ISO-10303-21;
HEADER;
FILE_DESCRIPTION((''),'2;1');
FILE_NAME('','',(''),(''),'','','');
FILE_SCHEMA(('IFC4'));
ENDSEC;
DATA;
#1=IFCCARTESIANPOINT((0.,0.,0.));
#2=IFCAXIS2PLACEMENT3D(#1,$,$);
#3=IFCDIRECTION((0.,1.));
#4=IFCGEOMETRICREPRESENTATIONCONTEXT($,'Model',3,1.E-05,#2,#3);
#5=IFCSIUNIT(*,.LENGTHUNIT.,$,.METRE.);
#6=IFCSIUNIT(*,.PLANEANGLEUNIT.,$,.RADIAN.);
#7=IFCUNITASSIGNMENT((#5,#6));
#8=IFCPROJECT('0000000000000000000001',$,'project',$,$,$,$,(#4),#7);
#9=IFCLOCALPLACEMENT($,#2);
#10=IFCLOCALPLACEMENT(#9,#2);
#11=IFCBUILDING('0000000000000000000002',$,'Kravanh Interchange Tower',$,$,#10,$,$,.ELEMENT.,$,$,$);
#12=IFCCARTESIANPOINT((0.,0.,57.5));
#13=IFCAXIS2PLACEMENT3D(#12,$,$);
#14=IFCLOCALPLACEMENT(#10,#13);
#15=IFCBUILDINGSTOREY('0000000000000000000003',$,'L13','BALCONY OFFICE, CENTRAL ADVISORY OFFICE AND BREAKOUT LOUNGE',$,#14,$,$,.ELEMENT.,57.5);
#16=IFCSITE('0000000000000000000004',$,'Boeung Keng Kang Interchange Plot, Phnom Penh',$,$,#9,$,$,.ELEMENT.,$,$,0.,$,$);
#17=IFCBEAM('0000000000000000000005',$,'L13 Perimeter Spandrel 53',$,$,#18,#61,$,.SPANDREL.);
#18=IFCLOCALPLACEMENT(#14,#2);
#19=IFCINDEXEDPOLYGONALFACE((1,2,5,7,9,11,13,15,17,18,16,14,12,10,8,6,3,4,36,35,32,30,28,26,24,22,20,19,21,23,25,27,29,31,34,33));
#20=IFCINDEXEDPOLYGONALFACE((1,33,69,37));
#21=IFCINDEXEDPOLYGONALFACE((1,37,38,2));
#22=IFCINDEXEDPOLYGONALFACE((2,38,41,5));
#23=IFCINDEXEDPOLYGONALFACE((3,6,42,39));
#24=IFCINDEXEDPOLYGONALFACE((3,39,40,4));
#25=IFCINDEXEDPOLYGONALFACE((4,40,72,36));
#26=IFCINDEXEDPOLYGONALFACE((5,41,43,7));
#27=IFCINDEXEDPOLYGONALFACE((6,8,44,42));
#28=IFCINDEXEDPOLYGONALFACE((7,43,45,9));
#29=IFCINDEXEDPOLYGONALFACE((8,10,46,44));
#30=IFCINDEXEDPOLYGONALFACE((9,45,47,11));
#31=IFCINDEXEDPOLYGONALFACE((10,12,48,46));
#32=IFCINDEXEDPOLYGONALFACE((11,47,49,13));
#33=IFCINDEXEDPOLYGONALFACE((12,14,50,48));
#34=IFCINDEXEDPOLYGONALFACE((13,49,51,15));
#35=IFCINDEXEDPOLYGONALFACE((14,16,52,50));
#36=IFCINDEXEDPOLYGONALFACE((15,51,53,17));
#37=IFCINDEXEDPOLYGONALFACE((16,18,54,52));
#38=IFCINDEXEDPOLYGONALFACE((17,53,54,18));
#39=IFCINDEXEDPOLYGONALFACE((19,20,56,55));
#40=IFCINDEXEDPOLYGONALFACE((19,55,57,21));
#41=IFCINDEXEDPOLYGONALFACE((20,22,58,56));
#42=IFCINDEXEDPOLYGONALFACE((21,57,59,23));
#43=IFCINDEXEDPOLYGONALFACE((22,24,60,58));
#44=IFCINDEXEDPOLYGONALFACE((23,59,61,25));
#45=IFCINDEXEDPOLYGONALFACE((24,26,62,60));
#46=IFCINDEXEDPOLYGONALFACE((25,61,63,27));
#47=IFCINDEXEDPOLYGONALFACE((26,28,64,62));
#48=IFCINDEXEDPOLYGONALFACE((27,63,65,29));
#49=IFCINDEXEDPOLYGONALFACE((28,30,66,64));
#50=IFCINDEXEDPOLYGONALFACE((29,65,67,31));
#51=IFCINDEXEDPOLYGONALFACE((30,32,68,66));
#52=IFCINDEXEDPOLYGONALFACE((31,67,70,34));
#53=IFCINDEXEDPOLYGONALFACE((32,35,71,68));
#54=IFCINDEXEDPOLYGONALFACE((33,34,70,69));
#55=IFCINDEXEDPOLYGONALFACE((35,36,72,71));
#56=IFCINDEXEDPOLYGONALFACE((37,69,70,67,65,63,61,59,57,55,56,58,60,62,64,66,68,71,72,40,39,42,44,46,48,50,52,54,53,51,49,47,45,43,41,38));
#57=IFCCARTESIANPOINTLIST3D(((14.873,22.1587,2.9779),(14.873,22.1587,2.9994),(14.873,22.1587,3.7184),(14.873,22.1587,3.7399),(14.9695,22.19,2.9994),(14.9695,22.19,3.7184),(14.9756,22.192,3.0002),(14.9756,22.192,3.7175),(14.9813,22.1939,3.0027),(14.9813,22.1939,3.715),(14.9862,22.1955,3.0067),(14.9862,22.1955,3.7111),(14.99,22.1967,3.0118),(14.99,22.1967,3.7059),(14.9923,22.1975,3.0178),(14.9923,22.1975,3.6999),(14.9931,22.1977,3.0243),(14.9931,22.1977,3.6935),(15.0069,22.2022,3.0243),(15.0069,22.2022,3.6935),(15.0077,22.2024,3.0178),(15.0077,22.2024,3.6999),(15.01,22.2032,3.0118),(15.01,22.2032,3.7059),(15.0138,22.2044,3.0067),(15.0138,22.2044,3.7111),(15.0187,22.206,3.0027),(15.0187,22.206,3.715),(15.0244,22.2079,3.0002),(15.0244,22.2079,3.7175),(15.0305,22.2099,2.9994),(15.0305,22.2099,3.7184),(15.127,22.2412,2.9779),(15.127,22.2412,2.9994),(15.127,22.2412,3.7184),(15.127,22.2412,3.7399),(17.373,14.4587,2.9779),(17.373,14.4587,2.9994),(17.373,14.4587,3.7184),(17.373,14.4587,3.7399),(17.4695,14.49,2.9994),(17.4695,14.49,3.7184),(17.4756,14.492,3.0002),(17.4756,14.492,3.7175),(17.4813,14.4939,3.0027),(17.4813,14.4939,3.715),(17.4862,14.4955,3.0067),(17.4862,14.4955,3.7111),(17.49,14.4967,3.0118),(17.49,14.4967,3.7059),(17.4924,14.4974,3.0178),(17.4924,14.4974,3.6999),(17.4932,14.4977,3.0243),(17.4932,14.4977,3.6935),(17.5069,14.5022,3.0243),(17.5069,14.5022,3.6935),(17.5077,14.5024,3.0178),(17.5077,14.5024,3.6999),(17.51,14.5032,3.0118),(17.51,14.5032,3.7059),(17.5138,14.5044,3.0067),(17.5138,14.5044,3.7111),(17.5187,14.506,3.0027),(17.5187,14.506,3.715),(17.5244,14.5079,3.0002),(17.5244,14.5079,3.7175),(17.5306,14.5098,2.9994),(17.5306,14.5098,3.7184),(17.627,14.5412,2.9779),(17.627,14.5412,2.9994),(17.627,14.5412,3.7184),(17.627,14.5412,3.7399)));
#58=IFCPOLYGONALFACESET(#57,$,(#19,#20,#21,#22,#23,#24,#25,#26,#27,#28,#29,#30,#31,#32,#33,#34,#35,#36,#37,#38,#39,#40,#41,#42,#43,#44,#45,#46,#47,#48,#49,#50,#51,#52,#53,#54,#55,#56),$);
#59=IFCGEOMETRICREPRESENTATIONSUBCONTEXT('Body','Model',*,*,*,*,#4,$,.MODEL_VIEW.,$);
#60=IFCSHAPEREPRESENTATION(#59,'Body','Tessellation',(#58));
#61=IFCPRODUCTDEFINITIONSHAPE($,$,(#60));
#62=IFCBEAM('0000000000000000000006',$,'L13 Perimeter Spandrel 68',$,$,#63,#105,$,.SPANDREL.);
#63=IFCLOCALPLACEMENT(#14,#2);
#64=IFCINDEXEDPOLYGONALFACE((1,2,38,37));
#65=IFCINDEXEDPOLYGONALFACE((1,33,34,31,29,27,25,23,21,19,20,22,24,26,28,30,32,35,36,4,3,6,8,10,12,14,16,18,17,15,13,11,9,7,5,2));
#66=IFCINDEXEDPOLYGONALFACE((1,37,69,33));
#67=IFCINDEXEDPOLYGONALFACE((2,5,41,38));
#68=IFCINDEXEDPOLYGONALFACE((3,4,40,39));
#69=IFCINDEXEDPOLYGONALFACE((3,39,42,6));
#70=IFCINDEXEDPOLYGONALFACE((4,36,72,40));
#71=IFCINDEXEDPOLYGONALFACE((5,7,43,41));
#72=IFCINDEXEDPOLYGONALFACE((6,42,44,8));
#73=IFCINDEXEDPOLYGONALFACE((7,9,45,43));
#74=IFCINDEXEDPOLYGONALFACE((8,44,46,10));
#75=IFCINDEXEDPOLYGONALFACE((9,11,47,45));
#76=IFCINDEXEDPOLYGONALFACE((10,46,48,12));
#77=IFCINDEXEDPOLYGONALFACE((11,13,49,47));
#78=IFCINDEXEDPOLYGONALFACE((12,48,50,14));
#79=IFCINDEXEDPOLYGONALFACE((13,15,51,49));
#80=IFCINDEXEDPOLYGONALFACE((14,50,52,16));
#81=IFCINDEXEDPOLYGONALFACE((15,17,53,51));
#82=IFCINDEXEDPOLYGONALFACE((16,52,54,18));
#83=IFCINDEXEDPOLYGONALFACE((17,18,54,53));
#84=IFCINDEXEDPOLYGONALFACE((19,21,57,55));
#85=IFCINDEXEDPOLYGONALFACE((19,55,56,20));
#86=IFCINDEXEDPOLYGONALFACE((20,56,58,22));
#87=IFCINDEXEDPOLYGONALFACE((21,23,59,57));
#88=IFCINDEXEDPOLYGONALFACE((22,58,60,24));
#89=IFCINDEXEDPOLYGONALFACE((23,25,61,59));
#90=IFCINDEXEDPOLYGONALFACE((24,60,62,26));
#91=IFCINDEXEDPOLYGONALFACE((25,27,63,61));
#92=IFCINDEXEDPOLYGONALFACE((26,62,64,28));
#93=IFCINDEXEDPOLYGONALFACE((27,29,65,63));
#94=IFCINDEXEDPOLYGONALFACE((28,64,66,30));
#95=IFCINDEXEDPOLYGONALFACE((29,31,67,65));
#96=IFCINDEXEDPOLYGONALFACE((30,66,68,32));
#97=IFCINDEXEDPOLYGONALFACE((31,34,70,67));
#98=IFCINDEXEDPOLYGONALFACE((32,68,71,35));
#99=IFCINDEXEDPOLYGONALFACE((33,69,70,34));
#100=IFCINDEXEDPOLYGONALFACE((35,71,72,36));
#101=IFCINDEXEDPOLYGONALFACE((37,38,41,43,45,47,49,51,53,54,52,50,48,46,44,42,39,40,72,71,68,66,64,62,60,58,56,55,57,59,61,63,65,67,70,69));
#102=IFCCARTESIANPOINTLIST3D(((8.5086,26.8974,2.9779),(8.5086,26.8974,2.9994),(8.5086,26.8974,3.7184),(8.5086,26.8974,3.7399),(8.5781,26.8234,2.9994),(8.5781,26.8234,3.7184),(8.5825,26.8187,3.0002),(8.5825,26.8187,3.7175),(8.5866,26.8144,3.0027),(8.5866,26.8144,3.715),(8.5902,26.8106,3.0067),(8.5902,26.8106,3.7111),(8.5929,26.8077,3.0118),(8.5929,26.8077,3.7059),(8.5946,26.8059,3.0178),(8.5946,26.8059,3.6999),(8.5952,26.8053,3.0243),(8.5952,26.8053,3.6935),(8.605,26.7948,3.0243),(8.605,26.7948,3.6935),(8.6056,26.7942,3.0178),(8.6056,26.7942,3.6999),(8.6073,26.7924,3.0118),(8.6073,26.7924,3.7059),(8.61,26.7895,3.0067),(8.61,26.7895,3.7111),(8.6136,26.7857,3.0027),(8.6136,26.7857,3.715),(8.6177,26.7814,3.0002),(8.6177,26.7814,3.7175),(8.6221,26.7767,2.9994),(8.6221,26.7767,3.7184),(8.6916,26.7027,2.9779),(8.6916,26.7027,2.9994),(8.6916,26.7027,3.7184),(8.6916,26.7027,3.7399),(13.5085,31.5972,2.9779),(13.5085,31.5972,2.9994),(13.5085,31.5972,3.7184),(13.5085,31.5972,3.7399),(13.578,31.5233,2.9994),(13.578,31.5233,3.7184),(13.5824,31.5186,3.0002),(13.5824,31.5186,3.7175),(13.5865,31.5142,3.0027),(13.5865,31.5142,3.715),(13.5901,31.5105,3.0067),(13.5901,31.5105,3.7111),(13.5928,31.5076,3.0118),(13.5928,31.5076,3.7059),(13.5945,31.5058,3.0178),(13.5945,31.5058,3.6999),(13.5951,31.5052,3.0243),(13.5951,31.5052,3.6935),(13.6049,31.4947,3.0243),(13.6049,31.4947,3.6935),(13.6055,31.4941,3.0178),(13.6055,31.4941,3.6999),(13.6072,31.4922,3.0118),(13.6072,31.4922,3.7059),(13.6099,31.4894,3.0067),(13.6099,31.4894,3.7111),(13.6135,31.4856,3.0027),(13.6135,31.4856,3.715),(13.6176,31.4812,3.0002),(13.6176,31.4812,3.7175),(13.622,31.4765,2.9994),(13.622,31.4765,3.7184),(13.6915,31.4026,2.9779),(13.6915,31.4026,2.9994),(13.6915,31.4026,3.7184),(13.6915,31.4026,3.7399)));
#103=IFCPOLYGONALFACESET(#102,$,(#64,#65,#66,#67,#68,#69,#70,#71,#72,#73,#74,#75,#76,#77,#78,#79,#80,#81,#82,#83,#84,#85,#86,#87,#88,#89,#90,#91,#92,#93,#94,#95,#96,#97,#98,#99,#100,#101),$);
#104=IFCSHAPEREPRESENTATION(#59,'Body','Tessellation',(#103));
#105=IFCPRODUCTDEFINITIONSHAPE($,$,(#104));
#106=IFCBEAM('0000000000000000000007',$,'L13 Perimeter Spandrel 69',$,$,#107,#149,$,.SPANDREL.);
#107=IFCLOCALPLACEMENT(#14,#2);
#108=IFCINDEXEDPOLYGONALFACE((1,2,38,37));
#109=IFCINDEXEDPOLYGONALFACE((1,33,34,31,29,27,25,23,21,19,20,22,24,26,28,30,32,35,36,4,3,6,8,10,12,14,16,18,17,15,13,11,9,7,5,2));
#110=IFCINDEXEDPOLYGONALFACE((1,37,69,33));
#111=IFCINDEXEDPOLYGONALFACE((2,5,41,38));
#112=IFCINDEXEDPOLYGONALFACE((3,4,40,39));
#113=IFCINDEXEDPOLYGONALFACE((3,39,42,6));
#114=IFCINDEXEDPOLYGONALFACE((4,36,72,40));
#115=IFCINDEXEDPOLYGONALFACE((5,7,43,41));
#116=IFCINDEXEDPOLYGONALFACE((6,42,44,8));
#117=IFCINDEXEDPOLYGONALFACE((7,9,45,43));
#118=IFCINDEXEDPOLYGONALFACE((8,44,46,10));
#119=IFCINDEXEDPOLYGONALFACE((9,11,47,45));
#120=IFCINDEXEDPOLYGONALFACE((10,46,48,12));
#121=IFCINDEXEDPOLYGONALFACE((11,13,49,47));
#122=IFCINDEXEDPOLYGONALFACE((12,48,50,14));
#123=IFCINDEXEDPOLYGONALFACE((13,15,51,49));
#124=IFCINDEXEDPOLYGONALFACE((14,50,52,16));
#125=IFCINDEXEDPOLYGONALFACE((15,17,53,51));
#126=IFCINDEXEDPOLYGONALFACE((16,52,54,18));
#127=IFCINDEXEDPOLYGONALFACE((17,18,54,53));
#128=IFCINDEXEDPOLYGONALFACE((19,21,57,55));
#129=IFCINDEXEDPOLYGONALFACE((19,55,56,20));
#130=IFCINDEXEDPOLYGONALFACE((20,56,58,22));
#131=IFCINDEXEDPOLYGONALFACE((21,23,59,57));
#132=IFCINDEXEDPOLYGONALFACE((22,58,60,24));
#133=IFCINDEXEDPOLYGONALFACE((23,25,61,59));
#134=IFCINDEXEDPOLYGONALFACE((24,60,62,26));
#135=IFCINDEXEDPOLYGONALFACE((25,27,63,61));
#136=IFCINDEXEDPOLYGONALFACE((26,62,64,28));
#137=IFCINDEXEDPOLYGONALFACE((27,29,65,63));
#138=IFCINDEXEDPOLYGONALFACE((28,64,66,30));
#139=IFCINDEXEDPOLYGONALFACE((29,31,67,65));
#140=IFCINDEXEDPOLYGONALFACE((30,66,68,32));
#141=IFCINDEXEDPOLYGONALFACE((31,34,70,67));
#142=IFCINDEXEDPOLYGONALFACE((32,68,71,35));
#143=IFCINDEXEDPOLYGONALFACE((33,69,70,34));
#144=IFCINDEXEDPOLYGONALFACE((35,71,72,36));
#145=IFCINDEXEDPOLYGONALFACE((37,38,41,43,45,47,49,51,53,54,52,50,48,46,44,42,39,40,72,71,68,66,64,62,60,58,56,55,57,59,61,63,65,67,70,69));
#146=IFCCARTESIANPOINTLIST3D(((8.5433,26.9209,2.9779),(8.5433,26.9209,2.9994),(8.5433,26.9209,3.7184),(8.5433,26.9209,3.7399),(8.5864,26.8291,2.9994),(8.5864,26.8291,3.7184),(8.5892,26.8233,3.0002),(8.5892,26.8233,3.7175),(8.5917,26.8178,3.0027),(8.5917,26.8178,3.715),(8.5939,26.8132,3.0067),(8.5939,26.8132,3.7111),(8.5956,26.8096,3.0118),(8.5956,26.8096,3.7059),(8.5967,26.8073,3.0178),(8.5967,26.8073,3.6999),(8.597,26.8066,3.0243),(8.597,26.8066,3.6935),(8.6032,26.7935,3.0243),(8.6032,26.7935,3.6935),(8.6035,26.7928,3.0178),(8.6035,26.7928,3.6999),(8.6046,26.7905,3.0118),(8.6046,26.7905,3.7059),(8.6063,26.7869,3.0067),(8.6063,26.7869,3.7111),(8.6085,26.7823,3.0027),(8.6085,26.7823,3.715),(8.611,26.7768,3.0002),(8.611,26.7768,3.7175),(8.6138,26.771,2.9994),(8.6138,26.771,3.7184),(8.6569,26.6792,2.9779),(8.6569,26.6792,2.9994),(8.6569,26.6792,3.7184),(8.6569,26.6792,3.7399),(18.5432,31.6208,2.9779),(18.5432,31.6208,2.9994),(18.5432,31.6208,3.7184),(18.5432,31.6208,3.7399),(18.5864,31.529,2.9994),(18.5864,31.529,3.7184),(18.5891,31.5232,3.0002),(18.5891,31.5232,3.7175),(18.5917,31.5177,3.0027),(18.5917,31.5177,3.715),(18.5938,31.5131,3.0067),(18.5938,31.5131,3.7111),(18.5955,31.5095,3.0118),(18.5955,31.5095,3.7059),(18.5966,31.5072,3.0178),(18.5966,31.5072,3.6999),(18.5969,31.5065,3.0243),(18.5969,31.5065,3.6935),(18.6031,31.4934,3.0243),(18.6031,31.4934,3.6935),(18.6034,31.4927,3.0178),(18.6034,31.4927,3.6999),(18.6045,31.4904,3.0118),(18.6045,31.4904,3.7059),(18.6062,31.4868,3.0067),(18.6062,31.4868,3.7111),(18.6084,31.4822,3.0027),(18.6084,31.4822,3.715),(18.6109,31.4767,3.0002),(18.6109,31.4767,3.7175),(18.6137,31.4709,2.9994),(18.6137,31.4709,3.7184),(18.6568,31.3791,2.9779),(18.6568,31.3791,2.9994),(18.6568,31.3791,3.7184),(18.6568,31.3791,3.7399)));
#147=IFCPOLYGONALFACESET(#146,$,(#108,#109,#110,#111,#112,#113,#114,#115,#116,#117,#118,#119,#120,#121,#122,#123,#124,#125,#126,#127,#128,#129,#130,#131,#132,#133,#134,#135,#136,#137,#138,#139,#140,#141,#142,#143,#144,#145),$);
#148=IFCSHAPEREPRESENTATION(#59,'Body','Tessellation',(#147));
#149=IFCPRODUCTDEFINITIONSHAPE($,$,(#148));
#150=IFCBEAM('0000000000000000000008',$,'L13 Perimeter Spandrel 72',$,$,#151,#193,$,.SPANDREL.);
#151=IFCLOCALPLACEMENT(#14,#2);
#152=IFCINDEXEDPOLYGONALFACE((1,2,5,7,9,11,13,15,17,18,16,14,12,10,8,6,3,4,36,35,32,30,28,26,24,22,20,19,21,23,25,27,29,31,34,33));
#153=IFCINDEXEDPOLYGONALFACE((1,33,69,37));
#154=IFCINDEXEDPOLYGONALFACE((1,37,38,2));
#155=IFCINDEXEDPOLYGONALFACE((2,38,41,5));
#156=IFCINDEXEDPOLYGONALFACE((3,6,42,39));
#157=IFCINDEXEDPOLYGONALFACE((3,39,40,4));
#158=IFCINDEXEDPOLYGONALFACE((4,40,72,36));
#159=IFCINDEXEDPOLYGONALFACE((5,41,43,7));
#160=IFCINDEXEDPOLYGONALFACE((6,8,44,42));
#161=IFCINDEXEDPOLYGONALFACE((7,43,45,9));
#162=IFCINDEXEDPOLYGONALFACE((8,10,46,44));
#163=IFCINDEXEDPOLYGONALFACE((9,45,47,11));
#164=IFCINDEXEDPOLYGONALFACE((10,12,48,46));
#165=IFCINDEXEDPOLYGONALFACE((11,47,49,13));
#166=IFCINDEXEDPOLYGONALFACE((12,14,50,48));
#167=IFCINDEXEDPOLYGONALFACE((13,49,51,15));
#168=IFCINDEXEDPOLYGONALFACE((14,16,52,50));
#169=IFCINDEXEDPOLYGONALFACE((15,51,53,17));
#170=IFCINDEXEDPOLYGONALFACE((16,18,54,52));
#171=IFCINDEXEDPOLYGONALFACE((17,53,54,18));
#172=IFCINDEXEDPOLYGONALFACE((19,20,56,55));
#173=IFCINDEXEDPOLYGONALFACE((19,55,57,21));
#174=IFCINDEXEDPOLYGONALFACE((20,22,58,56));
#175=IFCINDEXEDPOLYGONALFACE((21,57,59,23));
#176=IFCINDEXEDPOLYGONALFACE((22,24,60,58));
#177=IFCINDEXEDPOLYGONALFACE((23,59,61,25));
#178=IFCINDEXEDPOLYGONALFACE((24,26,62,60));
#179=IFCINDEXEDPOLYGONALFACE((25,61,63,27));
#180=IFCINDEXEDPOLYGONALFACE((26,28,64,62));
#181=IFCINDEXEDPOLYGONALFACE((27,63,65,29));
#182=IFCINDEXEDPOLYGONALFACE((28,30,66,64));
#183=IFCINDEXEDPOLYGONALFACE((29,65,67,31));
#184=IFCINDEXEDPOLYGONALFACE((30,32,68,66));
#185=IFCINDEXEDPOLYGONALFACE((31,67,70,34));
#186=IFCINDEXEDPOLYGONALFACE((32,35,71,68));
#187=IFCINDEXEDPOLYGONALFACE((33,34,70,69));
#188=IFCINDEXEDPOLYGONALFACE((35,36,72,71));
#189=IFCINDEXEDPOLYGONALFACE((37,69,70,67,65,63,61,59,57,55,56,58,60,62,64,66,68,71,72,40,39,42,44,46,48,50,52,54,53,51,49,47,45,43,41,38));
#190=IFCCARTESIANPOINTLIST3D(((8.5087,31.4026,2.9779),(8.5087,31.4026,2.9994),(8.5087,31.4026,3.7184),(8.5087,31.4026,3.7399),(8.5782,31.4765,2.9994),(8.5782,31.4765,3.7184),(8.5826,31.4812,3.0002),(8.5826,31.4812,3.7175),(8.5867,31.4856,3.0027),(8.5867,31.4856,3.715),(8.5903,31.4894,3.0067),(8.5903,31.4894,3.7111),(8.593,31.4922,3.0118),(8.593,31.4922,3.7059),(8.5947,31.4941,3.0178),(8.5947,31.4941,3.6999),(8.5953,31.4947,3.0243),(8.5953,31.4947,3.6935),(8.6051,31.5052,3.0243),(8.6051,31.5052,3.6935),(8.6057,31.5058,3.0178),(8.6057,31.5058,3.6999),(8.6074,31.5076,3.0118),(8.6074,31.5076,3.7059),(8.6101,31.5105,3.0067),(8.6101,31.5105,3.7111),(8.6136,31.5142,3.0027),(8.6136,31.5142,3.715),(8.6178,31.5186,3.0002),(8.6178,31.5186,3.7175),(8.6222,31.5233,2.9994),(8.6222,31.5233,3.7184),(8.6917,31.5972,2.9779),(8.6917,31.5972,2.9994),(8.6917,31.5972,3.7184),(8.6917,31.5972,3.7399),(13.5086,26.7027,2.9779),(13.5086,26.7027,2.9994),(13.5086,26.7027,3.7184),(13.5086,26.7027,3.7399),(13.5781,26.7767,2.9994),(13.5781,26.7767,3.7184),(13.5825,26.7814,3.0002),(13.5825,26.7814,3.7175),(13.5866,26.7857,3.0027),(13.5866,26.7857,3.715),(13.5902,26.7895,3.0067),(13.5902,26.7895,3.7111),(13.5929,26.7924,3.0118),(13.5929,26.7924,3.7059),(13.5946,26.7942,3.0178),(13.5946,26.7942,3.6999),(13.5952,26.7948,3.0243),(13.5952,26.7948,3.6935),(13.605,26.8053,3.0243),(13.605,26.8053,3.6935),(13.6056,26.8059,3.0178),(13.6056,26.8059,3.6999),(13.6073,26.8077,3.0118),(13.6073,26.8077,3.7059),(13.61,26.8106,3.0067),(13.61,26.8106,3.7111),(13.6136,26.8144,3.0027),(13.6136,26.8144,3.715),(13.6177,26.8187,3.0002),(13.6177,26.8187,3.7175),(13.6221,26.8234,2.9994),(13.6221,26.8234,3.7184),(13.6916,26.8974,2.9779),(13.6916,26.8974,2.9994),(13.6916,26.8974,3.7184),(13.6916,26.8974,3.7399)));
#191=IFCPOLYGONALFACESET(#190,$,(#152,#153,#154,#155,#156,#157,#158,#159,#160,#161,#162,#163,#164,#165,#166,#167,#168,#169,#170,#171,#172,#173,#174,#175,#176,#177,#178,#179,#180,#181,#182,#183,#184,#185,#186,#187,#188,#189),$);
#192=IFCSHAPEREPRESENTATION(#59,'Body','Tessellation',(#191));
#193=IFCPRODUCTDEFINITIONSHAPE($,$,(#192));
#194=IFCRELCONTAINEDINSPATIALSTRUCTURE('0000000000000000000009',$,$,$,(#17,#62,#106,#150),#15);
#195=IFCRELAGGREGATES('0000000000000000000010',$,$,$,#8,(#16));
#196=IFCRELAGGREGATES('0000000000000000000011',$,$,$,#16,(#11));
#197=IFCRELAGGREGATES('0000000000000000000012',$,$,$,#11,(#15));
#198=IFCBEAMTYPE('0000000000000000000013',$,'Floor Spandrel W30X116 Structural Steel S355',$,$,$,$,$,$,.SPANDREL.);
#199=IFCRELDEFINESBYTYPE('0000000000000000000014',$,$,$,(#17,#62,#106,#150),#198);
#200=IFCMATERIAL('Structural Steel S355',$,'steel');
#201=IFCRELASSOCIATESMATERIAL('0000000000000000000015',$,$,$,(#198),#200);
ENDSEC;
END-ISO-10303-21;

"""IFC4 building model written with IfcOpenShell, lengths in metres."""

from ifc_helpers import new_model, si_unit, direction, frame, origin, origin_2d, place, context, subcontext, project, spatial, i_section, extrude, material, material_profile, profile_set, type_object, element, save


model = new_model("IFC4")

# Units and contexts
model_context = context("Model", 3, precision=1e-05, world=origin(), true_north=direction((0.0, 1.0)))
body_context = subcontext(model_context, "Body", "Model", "MODEL_VIEW")
ifc_project = project(units=[si_unit("LENGTHUNIT", "METRE"), si_unit("PLANEANGLEUNIT", "RADIAN")], contexts=[model_context])

# Site, building, storey
site_placement = place(None, origin())
site = spatial("IfcSite", under=ifc_project, at=site_placement, Name="Boeung Keng Kang Interchange Plot, Phnom Penh", CompositionType="ELEMENT", RefElevation=0.0)
building_placement = place(site_placement, origin())
building = spatial("IfcBuilding", under=site, at=building_placement, Name="Kravanh Interchange Tower", CompositionType="ELEMENT")
storey_placement = place(building_placement, frame((0.0, 0.0, 57.5)))
storey = spatial("IfcBuildingStorey", under=building, at=storey_placement, Name="L13", Description="BALCONY OFFICE, CENTRAL ADVISORY OFFICE AND BREAKOUT LOUNGE", CompositionType="ELEMENT", Elevation=57.5)

# Beams
ifc_material_1 = material(Name="Structural Steel S355", Category="steel")
ifc_material_profile_1 = material_profile(ifc_material_1, i_section(OverallWidth=0.2671, OverallDepth=0.762, WebThickness=0.0144, FlangeThickness=0.0215, FilletRadius=0.0249, at=origin_2d()), Name="W30X116")
ifc_profile_set_1 = profile_set([ifc_material_profile_1], Name="Structural Steel S355")
beam_type_1 = type_object("IfcBeamType", Name="Floor Spandrel W30X116 Structural Steel S355", PredefinedType="SPANDREL", material=ifc_profile_set_1)
beam_1_placement = place(storey_placement, frame((15.0, 22.2, 3.3589), z_axis=(0.308809, -0.951124, 0.0), x_axis=(0.951124, 0.308809, 0.0)))
element("IfcBeam", 1, at=beam_1_placement, inside=storey, type_object=beam_type_1, Name="L13 Perimeter Spandrel 53", PredefinedType="SPANDREL", context=body_context, shape_type="SweptSolid", body=[
    extrude(i_section(OverallWidth=0.2671, OverallDepth=0.762, WebThickness=0.0144, FlangeThickness=0.0215, FilletRadius=0.0249, at=origin_2d()), origin(), (0.0, 0.0, 1.0), 8.0957),
])
beam_2_placement = place(storey_placement, frame((8.6001, 26.8, 3.3589), z_axis=(0.728631, 0.684906, 0.0), x_axis=(-0.684906, 0.728631, 0.0)))
element("IfcBeam", 2, at=beam_2_placement, inside=storey, type_object=beam_type_1, Name="L13 Perimeter Spandrel 68", PredefinedType="SPANDREL", context=body_context, shape_type="SweptSolid", body=[
    extrude(i_section(OverallWidth=0.2671, OverallDepth=0.762, WebThickness=0.0144, FlangeThickness=0.0215, FilletRadius=0.0249, at=origin_2d()), origin(), (0.0, 0.0, 1.0), 6.8621),
])
beam_3_placement = place(storey_placement, frame((8.6001, 26.8, 3.3589), z_axis=(0.905025, 0.425358, 0.0), x_axis=(-0.425358, 0.905025, 0.0)))
element("IfcBeam", 3, at=beam_3_placement, inside=storey, type_object=beam_type_1, Name="L13 Perimeter Spandrel 69", PredefinedType="SPANDREL", context=body_context, shape_type="SweptSolid", body=[
    extrude(i_section(OverallWidth=0.2671, OverallDepth=0.762, WebThickness=0.0144, FlangeThickness=0.0215, FilletRadius=0.0249, at=origin_2d()), origin(), (0.0, 0.0, 1.0), 11.0493),
])
for number, where, z_axis, x_axis, name in (
    (4, (13.6001, 26.8, 3.3589), (-0.728631, 0.684906, 0.0), (-0.684906, -0.728631, 0.0), "L13 Perimeter Spandrel 72"),
):
    element("IfcBeam", number, at=place(storey_placement, frame(where, z_axis=z_axis, x_axis=x_axis)), inside=storey, type_object=beam_type_1, Name=name, PredefinedType="SPANDREL", context=body_context, shape_type="SweptSolid", body=[
        extrude(i_section(OverallWidth=0.2671, OverallDepth=0.762, WebThickness=0.0144, FlangeThickness=0.0215, FilletRadius=0.0249, at=origin_2d()), origin(), (0.0, 0.0, 1.0), 6.8621),
    ])

save(model, "model.ifc")
